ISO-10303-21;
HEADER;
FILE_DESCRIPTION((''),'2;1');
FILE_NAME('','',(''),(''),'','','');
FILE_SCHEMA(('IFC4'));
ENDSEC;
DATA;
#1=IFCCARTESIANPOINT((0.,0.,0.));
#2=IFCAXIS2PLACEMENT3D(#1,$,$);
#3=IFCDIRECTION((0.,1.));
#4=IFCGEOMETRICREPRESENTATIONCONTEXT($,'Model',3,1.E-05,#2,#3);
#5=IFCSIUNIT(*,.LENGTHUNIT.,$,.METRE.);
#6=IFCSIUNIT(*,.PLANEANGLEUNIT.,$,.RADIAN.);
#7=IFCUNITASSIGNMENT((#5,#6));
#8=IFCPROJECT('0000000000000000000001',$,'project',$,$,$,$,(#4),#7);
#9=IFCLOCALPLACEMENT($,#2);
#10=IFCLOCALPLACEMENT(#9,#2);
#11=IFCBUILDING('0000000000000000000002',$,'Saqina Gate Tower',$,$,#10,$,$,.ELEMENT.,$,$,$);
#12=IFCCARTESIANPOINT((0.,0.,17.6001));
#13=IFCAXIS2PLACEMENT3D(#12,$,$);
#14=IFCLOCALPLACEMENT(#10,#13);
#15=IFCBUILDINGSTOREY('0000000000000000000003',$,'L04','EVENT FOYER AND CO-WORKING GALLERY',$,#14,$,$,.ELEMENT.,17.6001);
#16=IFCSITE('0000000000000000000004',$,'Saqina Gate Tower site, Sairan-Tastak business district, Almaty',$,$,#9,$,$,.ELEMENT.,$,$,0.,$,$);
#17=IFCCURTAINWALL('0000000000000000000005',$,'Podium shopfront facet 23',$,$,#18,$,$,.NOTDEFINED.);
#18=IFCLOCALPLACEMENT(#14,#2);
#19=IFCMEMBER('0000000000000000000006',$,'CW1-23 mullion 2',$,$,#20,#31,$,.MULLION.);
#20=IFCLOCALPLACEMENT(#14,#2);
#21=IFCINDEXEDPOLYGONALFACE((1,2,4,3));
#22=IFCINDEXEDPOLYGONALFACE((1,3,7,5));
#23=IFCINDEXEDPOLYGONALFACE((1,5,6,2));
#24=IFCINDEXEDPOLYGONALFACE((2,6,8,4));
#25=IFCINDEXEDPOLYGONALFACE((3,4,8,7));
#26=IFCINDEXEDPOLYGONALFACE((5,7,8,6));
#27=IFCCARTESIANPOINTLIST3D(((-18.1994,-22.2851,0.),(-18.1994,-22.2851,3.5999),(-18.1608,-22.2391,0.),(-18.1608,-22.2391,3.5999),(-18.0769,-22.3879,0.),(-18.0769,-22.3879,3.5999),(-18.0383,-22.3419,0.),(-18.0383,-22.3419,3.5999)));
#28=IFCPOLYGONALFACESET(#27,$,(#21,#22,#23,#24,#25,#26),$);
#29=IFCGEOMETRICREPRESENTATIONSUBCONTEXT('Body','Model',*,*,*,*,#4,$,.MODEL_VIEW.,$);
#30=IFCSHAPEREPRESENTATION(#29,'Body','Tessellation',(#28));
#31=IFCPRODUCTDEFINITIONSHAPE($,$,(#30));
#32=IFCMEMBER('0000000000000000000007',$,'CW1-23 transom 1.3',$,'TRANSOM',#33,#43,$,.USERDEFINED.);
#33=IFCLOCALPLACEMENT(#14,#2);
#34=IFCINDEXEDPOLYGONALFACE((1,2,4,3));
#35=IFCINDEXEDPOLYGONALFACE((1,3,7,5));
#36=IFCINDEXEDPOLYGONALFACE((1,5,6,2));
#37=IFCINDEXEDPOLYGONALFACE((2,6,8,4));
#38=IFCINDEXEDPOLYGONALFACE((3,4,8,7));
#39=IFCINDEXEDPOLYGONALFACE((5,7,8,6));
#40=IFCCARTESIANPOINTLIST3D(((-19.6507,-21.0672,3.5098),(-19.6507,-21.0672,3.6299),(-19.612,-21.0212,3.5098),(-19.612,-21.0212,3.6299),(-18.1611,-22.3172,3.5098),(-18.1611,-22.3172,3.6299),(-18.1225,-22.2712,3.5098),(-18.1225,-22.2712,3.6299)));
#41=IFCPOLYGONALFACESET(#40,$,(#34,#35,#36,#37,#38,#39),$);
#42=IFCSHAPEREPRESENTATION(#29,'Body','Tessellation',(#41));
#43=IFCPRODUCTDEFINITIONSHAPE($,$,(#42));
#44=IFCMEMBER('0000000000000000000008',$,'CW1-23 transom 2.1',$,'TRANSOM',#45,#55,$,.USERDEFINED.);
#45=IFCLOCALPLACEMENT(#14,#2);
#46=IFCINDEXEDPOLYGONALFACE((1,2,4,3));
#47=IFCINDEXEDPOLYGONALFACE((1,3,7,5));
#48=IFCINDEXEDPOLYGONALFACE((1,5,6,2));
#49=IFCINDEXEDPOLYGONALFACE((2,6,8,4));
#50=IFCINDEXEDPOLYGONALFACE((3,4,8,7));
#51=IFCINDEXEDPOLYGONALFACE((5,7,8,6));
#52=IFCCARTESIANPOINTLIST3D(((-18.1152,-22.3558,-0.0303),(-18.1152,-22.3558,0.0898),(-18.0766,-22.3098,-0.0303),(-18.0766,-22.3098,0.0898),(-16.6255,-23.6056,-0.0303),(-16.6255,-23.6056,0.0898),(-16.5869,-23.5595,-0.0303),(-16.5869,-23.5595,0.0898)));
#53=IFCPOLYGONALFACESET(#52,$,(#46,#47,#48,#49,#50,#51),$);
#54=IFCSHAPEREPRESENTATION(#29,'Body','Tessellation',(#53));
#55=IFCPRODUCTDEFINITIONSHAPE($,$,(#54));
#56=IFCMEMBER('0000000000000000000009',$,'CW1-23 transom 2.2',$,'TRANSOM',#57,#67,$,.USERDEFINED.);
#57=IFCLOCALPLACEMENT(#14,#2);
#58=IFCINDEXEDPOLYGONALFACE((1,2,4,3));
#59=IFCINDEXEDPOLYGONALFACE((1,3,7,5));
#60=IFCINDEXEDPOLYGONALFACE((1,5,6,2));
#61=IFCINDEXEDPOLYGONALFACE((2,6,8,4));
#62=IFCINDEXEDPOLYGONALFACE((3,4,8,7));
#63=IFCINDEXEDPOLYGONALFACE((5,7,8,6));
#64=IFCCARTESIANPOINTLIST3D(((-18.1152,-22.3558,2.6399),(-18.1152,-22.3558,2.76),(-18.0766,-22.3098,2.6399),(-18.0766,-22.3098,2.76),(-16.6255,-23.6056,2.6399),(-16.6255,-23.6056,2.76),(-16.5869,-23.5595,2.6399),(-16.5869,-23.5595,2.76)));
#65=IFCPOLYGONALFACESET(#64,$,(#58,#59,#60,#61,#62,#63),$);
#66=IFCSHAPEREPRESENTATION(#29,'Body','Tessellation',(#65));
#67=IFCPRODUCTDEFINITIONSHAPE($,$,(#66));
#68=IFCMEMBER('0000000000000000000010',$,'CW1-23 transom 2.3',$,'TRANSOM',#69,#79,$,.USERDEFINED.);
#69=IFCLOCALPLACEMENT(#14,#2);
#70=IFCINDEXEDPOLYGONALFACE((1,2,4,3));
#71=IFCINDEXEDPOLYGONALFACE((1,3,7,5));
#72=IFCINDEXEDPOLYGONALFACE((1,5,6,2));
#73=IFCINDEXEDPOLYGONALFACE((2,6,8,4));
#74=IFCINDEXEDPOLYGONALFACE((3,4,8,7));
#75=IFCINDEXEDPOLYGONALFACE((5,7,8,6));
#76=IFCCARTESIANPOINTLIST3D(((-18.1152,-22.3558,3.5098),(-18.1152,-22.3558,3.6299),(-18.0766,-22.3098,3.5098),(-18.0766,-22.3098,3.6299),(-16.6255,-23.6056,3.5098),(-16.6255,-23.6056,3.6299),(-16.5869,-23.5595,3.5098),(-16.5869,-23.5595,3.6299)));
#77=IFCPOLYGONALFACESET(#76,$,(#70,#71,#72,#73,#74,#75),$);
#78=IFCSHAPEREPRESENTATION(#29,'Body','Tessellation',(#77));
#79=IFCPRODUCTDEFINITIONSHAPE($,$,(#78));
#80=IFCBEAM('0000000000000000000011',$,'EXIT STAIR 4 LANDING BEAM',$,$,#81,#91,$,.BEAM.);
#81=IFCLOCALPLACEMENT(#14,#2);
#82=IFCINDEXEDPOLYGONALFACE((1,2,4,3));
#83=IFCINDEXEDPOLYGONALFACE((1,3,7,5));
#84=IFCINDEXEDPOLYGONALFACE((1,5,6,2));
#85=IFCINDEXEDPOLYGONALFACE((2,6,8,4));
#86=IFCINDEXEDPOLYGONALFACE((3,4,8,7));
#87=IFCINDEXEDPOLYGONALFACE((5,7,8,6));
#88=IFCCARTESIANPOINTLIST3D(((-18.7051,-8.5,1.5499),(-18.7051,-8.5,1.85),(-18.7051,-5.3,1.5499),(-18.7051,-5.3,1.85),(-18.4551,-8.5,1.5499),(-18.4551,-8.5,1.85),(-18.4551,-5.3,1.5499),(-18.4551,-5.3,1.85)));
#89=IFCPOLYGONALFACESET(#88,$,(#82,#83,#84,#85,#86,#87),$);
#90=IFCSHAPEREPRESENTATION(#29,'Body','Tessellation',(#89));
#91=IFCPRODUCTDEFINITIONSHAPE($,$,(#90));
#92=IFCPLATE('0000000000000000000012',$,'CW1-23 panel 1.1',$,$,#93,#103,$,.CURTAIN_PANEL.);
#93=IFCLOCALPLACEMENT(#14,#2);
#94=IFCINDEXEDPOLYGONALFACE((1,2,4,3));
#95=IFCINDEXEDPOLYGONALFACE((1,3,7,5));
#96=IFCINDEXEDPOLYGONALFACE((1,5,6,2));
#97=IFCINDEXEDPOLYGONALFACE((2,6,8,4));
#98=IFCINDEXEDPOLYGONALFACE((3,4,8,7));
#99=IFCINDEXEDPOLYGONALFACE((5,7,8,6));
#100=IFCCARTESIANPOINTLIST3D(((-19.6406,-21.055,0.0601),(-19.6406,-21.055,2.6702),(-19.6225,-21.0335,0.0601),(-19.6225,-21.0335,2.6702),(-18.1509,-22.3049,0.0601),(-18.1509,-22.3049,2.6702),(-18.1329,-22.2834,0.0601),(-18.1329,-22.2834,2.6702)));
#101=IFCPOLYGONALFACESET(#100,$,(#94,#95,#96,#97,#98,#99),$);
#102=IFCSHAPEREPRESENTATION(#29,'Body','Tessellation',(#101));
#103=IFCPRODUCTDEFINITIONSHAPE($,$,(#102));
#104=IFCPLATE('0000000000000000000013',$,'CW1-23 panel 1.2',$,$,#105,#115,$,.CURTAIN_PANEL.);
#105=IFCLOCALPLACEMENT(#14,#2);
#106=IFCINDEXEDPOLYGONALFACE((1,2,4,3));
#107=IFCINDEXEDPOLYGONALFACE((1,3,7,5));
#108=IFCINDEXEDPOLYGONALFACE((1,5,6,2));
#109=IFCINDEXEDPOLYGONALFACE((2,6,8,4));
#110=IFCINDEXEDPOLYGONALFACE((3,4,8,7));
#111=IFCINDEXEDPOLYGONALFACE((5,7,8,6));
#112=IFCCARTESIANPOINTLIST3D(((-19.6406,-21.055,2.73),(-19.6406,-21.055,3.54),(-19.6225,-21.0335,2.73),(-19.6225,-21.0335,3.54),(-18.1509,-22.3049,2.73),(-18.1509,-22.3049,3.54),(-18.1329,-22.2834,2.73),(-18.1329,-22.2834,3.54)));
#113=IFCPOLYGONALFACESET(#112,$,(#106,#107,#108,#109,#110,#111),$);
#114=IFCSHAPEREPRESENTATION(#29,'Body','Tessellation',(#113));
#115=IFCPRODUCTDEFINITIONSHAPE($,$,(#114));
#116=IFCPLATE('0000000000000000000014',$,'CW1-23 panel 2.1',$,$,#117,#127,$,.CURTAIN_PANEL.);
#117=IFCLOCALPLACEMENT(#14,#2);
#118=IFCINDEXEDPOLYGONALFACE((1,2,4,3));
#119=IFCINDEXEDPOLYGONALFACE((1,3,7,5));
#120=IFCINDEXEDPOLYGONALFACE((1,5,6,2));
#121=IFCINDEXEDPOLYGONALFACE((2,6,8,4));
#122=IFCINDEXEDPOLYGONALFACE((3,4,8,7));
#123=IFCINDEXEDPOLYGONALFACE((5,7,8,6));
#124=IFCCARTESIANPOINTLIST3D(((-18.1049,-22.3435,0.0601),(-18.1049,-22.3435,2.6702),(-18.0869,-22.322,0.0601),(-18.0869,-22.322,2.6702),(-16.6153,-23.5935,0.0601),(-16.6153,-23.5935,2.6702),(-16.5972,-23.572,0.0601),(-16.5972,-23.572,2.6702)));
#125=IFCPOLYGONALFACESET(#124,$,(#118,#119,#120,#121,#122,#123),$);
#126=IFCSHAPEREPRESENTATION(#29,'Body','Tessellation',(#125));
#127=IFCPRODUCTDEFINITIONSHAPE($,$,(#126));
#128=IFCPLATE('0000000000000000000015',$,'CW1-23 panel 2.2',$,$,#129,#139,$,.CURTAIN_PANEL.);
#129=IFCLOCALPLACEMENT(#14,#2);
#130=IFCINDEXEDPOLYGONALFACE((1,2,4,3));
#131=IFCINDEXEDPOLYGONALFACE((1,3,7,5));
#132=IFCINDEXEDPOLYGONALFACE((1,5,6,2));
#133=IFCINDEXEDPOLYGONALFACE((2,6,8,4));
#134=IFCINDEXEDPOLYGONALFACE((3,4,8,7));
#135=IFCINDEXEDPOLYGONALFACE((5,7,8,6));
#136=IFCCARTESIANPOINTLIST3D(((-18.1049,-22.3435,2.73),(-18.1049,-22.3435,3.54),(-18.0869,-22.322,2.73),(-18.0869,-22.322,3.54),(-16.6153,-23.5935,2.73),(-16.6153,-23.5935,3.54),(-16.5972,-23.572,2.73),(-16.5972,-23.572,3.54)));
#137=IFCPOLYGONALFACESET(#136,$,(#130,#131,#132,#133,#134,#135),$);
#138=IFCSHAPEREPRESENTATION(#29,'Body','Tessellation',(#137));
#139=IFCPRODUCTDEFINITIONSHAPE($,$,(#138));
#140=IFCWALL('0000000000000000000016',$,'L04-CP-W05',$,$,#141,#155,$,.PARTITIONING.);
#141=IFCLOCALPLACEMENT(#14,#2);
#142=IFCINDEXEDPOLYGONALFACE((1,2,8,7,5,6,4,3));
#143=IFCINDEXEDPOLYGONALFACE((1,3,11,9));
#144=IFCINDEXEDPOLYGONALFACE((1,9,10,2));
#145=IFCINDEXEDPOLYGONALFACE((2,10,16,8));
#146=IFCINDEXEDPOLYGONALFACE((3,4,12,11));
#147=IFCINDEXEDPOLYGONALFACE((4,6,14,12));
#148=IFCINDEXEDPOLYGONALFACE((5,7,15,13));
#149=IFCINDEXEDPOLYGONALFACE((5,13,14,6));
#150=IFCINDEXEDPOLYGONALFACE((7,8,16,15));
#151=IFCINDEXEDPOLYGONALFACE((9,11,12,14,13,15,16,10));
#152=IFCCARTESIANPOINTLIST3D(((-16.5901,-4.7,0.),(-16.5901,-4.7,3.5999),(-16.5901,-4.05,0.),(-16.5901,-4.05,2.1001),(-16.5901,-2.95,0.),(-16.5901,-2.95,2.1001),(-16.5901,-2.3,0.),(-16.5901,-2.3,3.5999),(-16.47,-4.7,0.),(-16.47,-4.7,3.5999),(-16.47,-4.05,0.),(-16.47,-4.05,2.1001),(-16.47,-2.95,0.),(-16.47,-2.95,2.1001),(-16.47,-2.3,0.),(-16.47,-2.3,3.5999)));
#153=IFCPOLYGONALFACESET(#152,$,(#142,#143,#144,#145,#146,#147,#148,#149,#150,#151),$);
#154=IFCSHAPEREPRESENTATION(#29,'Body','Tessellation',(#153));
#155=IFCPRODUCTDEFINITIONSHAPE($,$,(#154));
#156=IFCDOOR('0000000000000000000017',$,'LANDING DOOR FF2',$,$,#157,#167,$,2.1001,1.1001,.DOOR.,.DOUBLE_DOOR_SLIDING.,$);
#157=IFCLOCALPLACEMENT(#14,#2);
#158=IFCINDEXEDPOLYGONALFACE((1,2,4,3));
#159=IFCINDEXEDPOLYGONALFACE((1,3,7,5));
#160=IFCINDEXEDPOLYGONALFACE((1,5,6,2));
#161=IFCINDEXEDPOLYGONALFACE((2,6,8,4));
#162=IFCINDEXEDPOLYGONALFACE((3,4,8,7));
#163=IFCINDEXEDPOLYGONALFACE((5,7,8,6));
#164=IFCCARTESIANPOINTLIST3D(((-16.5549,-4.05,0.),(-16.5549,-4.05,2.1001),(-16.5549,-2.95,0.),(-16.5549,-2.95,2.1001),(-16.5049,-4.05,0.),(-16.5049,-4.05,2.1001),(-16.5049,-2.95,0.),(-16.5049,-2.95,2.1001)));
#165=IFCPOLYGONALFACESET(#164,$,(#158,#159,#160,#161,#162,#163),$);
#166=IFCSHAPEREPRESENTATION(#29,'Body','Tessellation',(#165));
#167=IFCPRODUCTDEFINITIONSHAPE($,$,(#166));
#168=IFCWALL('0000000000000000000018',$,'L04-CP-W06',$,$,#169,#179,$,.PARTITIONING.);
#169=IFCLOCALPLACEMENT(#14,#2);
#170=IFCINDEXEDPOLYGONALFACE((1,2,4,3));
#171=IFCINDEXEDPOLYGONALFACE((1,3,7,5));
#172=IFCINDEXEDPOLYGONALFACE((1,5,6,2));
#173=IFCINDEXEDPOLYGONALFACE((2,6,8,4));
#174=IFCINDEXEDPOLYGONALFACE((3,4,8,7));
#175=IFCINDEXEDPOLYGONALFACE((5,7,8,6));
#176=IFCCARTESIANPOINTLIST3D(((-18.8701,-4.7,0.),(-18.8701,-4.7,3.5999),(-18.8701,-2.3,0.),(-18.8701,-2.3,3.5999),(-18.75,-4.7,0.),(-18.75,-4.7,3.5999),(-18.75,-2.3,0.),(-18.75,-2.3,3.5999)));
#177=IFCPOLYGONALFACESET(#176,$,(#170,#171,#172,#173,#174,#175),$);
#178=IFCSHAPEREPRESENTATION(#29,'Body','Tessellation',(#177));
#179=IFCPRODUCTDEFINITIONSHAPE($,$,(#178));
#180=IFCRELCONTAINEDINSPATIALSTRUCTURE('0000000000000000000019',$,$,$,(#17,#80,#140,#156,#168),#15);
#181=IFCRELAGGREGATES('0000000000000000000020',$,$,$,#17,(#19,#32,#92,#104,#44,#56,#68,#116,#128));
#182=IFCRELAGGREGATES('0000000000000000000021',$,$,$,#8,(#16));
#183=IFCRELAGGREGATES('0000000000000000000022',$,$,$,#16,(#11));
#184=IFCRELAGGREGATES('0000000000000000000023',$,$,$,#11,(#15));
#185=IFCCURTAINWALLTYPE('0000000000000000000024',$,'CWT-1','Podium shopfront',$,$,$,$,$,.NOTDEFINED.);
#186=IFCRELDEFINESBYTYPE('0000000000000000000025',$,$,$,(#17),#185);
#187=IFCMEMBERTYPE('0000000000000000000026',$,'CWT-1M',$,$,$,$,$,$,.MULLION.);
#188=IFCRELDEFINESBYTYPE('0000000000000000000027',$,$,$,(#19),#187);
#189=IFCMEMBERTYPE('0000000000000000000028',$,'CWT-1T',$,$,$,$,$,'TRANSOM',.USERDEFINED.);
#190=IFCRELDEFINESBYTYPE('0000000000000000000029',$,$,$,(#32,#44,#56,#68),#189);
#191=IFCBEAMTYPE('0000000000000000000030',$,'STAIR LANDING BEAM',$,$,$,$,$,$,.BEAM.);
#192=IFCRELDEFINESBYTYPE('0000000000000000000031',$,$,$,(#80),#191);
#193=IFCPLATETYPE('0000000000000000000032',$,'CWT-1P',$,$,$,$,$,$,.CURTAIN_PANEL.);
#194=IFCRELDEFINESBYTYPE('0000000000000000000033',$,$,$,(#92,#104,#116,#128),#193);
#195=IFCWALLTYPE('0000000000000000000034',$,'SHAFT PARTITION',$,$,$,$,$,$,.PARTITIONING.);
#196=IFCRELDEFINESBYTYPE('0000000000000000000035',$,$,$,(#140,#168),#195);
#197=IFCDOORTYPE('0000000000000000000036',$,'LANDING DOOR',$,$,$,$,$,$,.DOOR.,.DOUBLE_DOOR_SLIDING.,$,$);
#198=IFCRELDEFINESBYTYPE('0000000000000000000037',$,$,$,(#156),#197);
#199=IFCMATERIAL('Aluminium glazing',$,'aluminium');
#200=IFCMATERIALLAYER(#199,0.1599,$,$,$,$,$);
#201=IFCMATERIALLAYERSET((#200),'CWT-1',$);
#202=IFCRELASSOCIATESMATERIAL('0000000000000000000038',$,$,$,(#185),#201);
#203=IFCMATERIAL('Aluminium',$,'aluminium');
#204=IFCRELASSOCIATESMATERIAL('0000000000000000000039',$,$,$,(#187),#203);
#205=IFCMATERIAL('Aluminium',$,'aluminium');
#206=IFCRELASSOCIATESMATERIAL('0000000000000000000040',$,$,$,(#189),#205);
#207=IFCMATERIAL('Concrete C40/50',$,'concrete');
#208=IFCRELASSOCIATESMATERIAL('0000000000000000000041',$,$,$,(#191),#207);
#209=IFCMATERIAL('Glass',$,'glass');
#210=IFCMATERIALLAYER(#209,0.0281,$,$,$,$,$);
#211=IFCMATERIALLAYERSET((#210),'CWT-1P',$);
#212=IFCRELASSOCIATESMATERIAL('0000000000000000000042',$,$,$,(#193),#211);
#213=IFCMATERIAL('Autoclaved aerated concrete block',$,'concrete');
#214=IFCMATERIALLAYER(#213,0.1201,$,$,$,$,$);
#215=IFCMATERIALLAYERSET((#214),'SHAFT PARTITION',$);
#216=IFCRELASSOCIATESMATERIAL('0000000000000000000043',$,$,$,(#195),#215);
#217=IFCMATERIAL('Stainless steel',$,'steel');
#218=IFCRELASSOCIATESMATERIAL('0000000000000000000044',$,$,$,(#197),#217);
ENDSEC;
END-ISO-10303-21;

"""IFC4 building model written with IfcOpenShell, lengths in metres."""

from ifc_helpers import new_model, si_unit, direction, frame, frame_2d, origin, origin_2d, place, context, subcontext, project, spatial, rectangle, extrude, material, layer, layer_set, material_profile, profile_set, type_object, element, fill, aggregate, save


model = new_model("IFC4")

# Units and contexts
model_context = context("Model", 3, precision=1e-05, world=origin(), true_north=direction((0.0, 1.0)))
body_context = subcontext(model_context, "Body", "Model", "MODEL_VIEW")
ifc_project = project(units=[si_unit("LENGTHUNIT", "METRE"), si_unit("PLANEANGLEUNIT", "RADIAN")], contexts=[model_context])

# Site, building, storey
site_placement = place(None, origin())
site = spatial("IfcSite", under=ifc_project, at=site_placement, Name="Saqina Gate Tower site, Sairan-Tastak business district, Almaty", CompositionType="ELEMENT", RefElevation=0.0)
building_placement = place(site_placement, origin())
building = spatial("IfcBuilding", under=site, at=building_placement, Name="Saqina Gate Tower", CompositionType="ELEMENT")
storey_placement = place(building_placement, frame((0.0, 0.0, 17.6001)))
storey = spatial("IfcBuildingStorey", under=building, at=storey_placement, Name="L04", Description="EVENT FOYER AND CO-WORKING GALLERY", CompositionType="ELEMENT", Elevation=17.6001)

# Curtain wall, members
ifc_material_1 = material(Name="Aluminium glazing", Category="aluminium")
ifc_layer_1 = layer(ifc_material_1, 0.1599)
ifc_layer_set_1 = layer_set([ifc_layer_1], Name="CWT-1")
curtain_wall_type = type_object("IfcCurtainWallType", Name="CWT-1", Description="Podium shopfront", PredefinedType="NOTDEFINED", material=ifc_layer_set_1)
curtain_wall_placement = place(storey_placement, origin())
curtain_wall = element("IfcCurtainWall", 1, at=curtain_wall_placement, inside=storey, type_object=curtain_wall_type, Name="Podium shopfront facet 23", PredefinedType="NOTDEFINED")
ifc_material_2 = material(Name="Aluminium", Category="aluminium")
ifc_material_profile_1 = material_profile(ifc_material_2, rectangle(XDim=0.0601, YDim=0.1599, at=origin_2d()), Name="Aluminium 60x160")
ifc_profile_set_1 = profile_set([ifc_material_profile_1], Name="Aluminium")
member_type_1 = type_object("IfcMemberType", Name="CWT-1M", PredefinedType="MULLION", material=ifc_profile_set_1)
member_1_placement = place(storey_placement, frame((-18.1189, -22.3135, 0.0), z_axis=(0.0, 0.0, 1.0), x_axis=(0.642779, 0.766051, 0.0)))
member_1 = element("IfcMember", 2, at=member_1_placement, type_object=member_type_1, Name="CW1-23 mullion 2", PredefinedType="MULLION", context=body_context, shape_type="SweptSolid", body=[
    extrude(rectangle(XDim=0.0601, YDim=0.1599, at=origin_2d()), origin(), (0.0, 0.0, 1.0), 3.5999),
])
ifc_material_3 = material(Name="Aluminium", Category="aluminium")
ifc_material_profile_2 = material_profile(ifc_material_3, rectangle(XDim=0.0601, YDim=0.1201, at=origin_2d()), Name="Aluminium 60x120")
ifc_profile_set_2 = profile_set([ifc_material_profile_2], Name="Aluminium")
member_type_2 = type_object("IfcMemberType", Name="CWT-1T", ElementType="TRANSOM", PredefinedType="USERDEFINED", material=ifc_profile_set_2)
member_2_placement = place(storey_placement, frame((-19.6313, -21.0442, 3.5698), z_axis=(0.766004, -0.642836, 0.0), x_axis=(0.642836, 0.766004, 0.0)))
member_2 = element("IfcMember", 3, at=member_2_placement, type_object=member_type_2, Name="CW1-23 transom 1.3", ObjectType="TRANSOM", PredefinedType="USERDEFINED", context=body_context, shape_type="SweptSolid", body=[
    extrude(rectangle(XDim=0.0601, YDim=0.1201, at=origin_2d()), origin(), (0.0, 0.0, 1.0), 1.9446),
])
member_3_placement = place(storey_placement, frame((-18.0959, -22.3328, 0.0298), z_axis=(0.766118, -0.6427, 0.0), x_axis=(0.6427, 0.766118, 0.0)))
member_3 = element("IfcMember", 4, at=member_3_placement, type_object=member_type_2, Name="CW1-23 transom 2.1", ObjectType="TRANSOM", PredefinedType="USERDEFINED", context=body_context, shape_type="SweptSolid", body=[
    extrude(rectangle(XDim=0.0601, YDim=0.1201, at=origin_2d()), origin(), (0.0, 0.0, 1.0), 1.9446),
])
member_4_placement = place(storey_placement, frame((-18.0959, -22.3328, 2.7), z_axis=(0.766118, -0.6427, 0.0), x_axis=(0.6427, 0.766118, 0.0)))
member_4 = element("IfcMember", 5, at=member_4_placement, type_object=member_type_2, Name="CW1-23 transom 2.2", ObjectType="TRANSOM", PredefinedType="USERDEFINED", context=body_context, shape_type="SweptSolid", body=[
    extrude(rectangle(XDim=0.0601, YDim=0.1201, at=origin_2d()), origin(), (0.0, 0.0, 1.0), 1.9446),
])
member_5_placement = place(storey_placement, frame((-18.0959, -22.3328, 3.5698), z_axis=(0.766118, -0.6427, 0.0), x_axis=(0.6427, 0.766118, 0.0)))
member_5 = element("IfcMember", 6, at=member_5_placement, type_object=member_type_2, Name="CW1-23 transom 2.3", ObjectType="TRANSOM", PredefinedType="USERDEFINED", context=body_context, shape_type="SweptSolid", body=[
    extrude(rectangle(XDim=0.0601, YDim=0.1201, at=origin_2d()), origin(), (0.0, 0.0, 1.0), 1.9446),
])

# Beam
ifc_material_4 = material(Name="Concrete C40/50", Category="concrete")
ifc_material_profile_3 = material_profile(ifc_material_4, rectangle(XDim=0.25, YDim=0.3, at=origin_2d()), Name="STAIR LANDING BEAM")
ifc_profile_set_3 = profile_set([ifc_material_profile_3], Name="Concrete C40/50")
beam_type = type_object("IfcBeamType", Name="STAIR LANDING BEAM", PredefinedType="BEAM", material=ifc_profile_set_3)
beam_placement = place(storey_placement, frame((-18.5801, -8.5, 1.7), z_axis=(0.0, 1.0, 0.0), x_axis=(-1.0, 0.0, 0.0)))
element("IfcBeam", 7, at=beam_placement, inside=storey, type_object=beam_type, Name="EXIT STAIR 4 LANDING BEAM", PredefinedType="BEAM", context=body_context, shape_type="SweptSolid", body=[
    extrude(rectangle(XDim=0.25, YDim=0.3, at=origin_2d()), origin(), (0.0, 0.0, 1.0), 3.2),
])

# Plates
ifc_material_5 = material(Name="Glass", Category="glass")
ifc_layer_2 = layer(ifc_material_5, 0.0281)
ifc_layer_set_2 = layer_set([ifc_layer_2], Name="CWT-1P")
plate_type = type_object("IfcPlateType", Name="CWT-1P", PredefinedType="CURTAIN_PANEL", material=ifc_layer_set_2)
plate_1_placement = place(storey_placement, frame((-18.8867, -21.6692, 0.0601), z_axis=(0.0, 0.0, 1.0), x_axis=(0.766051, -0.642779, 0.0)))
plate_1 = element("IfcPlate", 8, at=plate_1_placement, type_object=plate_type, Name="CW1-23 panel 1.1", PredefinedType="CURTAIN_PANEL", context=body_context, shape_type="SweptSolid", body=[
    extrude(rectangle(XDim=1.9446, YDim=0.0281, at=origin_2d()), origin(), (0.0, 0.0, 1.0), 2.6101),
])
plate_2_placement = place(storey_placement, frame((-18.8867, -21.6692, 2.73), z_axis=(0.0, 0.0, 1.0), x_axis=(0.766051, -0.642779, 0.0)))
plate_2 = element("IfcPlate", 9, at=plate_2_placement, type_object=plate_type, Name="CW1-23 panel 1.2", PredefinedType="CURTAIN_PANEL", context=body_context, shape_type="SweptSolid", body=[
    extrude(rectangle(XDim=1.9446, YDim=0.0281, at=origin_2d()), origin(), (0.0, 0.0, 1.0), 0.8101),
])
plate_3_placement = place(storey_placement, frame((-17.3511, -22.9578, 0.0601), z_axis=(0.0, 0.0, 1.0), x_axis=(0.766051, -0.642779, 0.0)))
plate_3 = element("IfcPlate", 10, at=plate_3_placement, type_object=plate_type, Name="CW1-23 panel 2.1", PredefinedType="CURTAIN_PANEL", context=body_context, shape_type="SweptSolid", body=[
    extrude(rectangle(XDim=1.9446, YDim=0.0281, at=origin_2d()), origin(), (0.0, 0.0, 1.0), 2.6101),
])
plate_4_placement = place(storey_placement, frame((-17.3511, -22.9578, 2.73), z_axis=(0.0, 0.0, 1.0), x_axis=(0.766051, -0.642779, 0.0)))
plate_4 = element("IfcPlate", 11, at=plate_4_placement, type_object=plate_type, Name="CW1-23 panel 2.2", PredefinedType="CURTAIN_PANEL", context=body_context, shape_type="SweptSolid", body=[
    extrude(rectangle(XDim=1.9446, YDim=0.0281, at=origin_2d()), origin(), (0.0, 0.0, 1.0), 0.8101),
])
aggregate(curtain_wall, [member_1, member_2, plate_1, plate_2, member_3, member_4, member_5, plate_3, plate_4])

# Wall, opening, door
ifc_material_6 = material(Name="Autoclaved aerated concrete block", Category="concrete")
ifc_layer_3 = layer(ifc_material_6, 0.1201)
ifc_layer_set_3 = layer_set([ifc_layer_3], Name="SHAFT PARTITION")
wall_type_1 = type_object("IfcWallType", Name="SHAFT PARTITION", PredefinedType="PARTITIONING", material=ifc_layer_set_3)
wall_1_placement = place(storey_placement, frame((-16.53, -4.7, 0.0), z_axis=(0.0, 0.0, 1.0), x_axis=(0.0, 1.0, 0.0)))
wall_1 = element("IfcWall", 12, at=wall_1_placement, inside=storey, type_object=wall_type_1, Name="L04-CP-W05", PredefinedType="PARTITIONING", context=body_context, shape_type="SweptSolid", body=[
    extrude(rectangle(XDim=2.3999, YDim=0.1201, at=frame_2d((1.2, 0.0))), origin(), (0.0, 0.0, 1.0), 3.5999),
])
opening_1_placement = place(wall_1_placement, frame((0.6499, 0.0, 0.0)))
opening_1 = element("IfcOpeningElement", 13, at=opening_1_placement, cuts=wall_1, PredefinedType="OPENING", context=body_context, shape_type="SweptSolid", body=[
    extrude(rectangle(XDim=1.1001, YDim=2.1001, at=frame_2d((0.55, 1.05))), frame((0.0, 0.072, 0.0), z_axis=(0.0, -1.0, 0.0), x_axis=(1.0, 0.0, 0.0)), (0.0, 0.0, 1.0), 0.144),
])
ifc_material_7 = material(Name="Stainless steel", Category="steel")
door_type_1 = type_object("IfcDoorType", Name="LANDING DOOR", OperationType="DOUBLE_DOOR_SLIDING", PredefinedType="DOOR", material=ifc_material_7)
door_1_placement = place(opening_1_placement, origin())
door_1 = element("IfcDoor", 14, at=door_1_placement, inside=storey, type_object=door_type_1, Name="LANDING DOOR FF2", OperationType="DOUBLE_DOOR_SLIDING", OverallHeight=2.1001, OverallWidth=1.1001, PredefinedType="DOOR", context=body_context, shape_type="SweptSolid", body=[
    extrude(rectangle(XDim=1.1001, YDim=2.1001, at=frame_2d((0.55, 1.05))), frame((0.0, 0.0249, 0.0), z_axis=(0.0, -1.0, 0.0), x_axis=(1.0, 0.0, 0.0)), (0.0, 0.0, 1.0), 0.05),
])
fill(opening_1, door_1)

# Wall
wall_2_placement = place(storey_placement, frame((-18.8101, -4.7, 0.0), z_axis=(0.0, 0.0, 1.0), x_axis=(0.0, 1.0, 0.0)))
element("IfcWall", 15, at=wall_2_placement, inside=storey, type_object=wall_type_1, Name="L04-CP-W06", PredefinedType="PARTITIONING", context=body_context, shape_type="SweptSolid", body=[
    extrude(rectangle(XDim=2.3999, YDim=0.1201, at=frame_2d((1.2, 0.0))), origin(), (0.0, 0.0, 1.0), 3.5999),
])

save(model, "model.ifc")
